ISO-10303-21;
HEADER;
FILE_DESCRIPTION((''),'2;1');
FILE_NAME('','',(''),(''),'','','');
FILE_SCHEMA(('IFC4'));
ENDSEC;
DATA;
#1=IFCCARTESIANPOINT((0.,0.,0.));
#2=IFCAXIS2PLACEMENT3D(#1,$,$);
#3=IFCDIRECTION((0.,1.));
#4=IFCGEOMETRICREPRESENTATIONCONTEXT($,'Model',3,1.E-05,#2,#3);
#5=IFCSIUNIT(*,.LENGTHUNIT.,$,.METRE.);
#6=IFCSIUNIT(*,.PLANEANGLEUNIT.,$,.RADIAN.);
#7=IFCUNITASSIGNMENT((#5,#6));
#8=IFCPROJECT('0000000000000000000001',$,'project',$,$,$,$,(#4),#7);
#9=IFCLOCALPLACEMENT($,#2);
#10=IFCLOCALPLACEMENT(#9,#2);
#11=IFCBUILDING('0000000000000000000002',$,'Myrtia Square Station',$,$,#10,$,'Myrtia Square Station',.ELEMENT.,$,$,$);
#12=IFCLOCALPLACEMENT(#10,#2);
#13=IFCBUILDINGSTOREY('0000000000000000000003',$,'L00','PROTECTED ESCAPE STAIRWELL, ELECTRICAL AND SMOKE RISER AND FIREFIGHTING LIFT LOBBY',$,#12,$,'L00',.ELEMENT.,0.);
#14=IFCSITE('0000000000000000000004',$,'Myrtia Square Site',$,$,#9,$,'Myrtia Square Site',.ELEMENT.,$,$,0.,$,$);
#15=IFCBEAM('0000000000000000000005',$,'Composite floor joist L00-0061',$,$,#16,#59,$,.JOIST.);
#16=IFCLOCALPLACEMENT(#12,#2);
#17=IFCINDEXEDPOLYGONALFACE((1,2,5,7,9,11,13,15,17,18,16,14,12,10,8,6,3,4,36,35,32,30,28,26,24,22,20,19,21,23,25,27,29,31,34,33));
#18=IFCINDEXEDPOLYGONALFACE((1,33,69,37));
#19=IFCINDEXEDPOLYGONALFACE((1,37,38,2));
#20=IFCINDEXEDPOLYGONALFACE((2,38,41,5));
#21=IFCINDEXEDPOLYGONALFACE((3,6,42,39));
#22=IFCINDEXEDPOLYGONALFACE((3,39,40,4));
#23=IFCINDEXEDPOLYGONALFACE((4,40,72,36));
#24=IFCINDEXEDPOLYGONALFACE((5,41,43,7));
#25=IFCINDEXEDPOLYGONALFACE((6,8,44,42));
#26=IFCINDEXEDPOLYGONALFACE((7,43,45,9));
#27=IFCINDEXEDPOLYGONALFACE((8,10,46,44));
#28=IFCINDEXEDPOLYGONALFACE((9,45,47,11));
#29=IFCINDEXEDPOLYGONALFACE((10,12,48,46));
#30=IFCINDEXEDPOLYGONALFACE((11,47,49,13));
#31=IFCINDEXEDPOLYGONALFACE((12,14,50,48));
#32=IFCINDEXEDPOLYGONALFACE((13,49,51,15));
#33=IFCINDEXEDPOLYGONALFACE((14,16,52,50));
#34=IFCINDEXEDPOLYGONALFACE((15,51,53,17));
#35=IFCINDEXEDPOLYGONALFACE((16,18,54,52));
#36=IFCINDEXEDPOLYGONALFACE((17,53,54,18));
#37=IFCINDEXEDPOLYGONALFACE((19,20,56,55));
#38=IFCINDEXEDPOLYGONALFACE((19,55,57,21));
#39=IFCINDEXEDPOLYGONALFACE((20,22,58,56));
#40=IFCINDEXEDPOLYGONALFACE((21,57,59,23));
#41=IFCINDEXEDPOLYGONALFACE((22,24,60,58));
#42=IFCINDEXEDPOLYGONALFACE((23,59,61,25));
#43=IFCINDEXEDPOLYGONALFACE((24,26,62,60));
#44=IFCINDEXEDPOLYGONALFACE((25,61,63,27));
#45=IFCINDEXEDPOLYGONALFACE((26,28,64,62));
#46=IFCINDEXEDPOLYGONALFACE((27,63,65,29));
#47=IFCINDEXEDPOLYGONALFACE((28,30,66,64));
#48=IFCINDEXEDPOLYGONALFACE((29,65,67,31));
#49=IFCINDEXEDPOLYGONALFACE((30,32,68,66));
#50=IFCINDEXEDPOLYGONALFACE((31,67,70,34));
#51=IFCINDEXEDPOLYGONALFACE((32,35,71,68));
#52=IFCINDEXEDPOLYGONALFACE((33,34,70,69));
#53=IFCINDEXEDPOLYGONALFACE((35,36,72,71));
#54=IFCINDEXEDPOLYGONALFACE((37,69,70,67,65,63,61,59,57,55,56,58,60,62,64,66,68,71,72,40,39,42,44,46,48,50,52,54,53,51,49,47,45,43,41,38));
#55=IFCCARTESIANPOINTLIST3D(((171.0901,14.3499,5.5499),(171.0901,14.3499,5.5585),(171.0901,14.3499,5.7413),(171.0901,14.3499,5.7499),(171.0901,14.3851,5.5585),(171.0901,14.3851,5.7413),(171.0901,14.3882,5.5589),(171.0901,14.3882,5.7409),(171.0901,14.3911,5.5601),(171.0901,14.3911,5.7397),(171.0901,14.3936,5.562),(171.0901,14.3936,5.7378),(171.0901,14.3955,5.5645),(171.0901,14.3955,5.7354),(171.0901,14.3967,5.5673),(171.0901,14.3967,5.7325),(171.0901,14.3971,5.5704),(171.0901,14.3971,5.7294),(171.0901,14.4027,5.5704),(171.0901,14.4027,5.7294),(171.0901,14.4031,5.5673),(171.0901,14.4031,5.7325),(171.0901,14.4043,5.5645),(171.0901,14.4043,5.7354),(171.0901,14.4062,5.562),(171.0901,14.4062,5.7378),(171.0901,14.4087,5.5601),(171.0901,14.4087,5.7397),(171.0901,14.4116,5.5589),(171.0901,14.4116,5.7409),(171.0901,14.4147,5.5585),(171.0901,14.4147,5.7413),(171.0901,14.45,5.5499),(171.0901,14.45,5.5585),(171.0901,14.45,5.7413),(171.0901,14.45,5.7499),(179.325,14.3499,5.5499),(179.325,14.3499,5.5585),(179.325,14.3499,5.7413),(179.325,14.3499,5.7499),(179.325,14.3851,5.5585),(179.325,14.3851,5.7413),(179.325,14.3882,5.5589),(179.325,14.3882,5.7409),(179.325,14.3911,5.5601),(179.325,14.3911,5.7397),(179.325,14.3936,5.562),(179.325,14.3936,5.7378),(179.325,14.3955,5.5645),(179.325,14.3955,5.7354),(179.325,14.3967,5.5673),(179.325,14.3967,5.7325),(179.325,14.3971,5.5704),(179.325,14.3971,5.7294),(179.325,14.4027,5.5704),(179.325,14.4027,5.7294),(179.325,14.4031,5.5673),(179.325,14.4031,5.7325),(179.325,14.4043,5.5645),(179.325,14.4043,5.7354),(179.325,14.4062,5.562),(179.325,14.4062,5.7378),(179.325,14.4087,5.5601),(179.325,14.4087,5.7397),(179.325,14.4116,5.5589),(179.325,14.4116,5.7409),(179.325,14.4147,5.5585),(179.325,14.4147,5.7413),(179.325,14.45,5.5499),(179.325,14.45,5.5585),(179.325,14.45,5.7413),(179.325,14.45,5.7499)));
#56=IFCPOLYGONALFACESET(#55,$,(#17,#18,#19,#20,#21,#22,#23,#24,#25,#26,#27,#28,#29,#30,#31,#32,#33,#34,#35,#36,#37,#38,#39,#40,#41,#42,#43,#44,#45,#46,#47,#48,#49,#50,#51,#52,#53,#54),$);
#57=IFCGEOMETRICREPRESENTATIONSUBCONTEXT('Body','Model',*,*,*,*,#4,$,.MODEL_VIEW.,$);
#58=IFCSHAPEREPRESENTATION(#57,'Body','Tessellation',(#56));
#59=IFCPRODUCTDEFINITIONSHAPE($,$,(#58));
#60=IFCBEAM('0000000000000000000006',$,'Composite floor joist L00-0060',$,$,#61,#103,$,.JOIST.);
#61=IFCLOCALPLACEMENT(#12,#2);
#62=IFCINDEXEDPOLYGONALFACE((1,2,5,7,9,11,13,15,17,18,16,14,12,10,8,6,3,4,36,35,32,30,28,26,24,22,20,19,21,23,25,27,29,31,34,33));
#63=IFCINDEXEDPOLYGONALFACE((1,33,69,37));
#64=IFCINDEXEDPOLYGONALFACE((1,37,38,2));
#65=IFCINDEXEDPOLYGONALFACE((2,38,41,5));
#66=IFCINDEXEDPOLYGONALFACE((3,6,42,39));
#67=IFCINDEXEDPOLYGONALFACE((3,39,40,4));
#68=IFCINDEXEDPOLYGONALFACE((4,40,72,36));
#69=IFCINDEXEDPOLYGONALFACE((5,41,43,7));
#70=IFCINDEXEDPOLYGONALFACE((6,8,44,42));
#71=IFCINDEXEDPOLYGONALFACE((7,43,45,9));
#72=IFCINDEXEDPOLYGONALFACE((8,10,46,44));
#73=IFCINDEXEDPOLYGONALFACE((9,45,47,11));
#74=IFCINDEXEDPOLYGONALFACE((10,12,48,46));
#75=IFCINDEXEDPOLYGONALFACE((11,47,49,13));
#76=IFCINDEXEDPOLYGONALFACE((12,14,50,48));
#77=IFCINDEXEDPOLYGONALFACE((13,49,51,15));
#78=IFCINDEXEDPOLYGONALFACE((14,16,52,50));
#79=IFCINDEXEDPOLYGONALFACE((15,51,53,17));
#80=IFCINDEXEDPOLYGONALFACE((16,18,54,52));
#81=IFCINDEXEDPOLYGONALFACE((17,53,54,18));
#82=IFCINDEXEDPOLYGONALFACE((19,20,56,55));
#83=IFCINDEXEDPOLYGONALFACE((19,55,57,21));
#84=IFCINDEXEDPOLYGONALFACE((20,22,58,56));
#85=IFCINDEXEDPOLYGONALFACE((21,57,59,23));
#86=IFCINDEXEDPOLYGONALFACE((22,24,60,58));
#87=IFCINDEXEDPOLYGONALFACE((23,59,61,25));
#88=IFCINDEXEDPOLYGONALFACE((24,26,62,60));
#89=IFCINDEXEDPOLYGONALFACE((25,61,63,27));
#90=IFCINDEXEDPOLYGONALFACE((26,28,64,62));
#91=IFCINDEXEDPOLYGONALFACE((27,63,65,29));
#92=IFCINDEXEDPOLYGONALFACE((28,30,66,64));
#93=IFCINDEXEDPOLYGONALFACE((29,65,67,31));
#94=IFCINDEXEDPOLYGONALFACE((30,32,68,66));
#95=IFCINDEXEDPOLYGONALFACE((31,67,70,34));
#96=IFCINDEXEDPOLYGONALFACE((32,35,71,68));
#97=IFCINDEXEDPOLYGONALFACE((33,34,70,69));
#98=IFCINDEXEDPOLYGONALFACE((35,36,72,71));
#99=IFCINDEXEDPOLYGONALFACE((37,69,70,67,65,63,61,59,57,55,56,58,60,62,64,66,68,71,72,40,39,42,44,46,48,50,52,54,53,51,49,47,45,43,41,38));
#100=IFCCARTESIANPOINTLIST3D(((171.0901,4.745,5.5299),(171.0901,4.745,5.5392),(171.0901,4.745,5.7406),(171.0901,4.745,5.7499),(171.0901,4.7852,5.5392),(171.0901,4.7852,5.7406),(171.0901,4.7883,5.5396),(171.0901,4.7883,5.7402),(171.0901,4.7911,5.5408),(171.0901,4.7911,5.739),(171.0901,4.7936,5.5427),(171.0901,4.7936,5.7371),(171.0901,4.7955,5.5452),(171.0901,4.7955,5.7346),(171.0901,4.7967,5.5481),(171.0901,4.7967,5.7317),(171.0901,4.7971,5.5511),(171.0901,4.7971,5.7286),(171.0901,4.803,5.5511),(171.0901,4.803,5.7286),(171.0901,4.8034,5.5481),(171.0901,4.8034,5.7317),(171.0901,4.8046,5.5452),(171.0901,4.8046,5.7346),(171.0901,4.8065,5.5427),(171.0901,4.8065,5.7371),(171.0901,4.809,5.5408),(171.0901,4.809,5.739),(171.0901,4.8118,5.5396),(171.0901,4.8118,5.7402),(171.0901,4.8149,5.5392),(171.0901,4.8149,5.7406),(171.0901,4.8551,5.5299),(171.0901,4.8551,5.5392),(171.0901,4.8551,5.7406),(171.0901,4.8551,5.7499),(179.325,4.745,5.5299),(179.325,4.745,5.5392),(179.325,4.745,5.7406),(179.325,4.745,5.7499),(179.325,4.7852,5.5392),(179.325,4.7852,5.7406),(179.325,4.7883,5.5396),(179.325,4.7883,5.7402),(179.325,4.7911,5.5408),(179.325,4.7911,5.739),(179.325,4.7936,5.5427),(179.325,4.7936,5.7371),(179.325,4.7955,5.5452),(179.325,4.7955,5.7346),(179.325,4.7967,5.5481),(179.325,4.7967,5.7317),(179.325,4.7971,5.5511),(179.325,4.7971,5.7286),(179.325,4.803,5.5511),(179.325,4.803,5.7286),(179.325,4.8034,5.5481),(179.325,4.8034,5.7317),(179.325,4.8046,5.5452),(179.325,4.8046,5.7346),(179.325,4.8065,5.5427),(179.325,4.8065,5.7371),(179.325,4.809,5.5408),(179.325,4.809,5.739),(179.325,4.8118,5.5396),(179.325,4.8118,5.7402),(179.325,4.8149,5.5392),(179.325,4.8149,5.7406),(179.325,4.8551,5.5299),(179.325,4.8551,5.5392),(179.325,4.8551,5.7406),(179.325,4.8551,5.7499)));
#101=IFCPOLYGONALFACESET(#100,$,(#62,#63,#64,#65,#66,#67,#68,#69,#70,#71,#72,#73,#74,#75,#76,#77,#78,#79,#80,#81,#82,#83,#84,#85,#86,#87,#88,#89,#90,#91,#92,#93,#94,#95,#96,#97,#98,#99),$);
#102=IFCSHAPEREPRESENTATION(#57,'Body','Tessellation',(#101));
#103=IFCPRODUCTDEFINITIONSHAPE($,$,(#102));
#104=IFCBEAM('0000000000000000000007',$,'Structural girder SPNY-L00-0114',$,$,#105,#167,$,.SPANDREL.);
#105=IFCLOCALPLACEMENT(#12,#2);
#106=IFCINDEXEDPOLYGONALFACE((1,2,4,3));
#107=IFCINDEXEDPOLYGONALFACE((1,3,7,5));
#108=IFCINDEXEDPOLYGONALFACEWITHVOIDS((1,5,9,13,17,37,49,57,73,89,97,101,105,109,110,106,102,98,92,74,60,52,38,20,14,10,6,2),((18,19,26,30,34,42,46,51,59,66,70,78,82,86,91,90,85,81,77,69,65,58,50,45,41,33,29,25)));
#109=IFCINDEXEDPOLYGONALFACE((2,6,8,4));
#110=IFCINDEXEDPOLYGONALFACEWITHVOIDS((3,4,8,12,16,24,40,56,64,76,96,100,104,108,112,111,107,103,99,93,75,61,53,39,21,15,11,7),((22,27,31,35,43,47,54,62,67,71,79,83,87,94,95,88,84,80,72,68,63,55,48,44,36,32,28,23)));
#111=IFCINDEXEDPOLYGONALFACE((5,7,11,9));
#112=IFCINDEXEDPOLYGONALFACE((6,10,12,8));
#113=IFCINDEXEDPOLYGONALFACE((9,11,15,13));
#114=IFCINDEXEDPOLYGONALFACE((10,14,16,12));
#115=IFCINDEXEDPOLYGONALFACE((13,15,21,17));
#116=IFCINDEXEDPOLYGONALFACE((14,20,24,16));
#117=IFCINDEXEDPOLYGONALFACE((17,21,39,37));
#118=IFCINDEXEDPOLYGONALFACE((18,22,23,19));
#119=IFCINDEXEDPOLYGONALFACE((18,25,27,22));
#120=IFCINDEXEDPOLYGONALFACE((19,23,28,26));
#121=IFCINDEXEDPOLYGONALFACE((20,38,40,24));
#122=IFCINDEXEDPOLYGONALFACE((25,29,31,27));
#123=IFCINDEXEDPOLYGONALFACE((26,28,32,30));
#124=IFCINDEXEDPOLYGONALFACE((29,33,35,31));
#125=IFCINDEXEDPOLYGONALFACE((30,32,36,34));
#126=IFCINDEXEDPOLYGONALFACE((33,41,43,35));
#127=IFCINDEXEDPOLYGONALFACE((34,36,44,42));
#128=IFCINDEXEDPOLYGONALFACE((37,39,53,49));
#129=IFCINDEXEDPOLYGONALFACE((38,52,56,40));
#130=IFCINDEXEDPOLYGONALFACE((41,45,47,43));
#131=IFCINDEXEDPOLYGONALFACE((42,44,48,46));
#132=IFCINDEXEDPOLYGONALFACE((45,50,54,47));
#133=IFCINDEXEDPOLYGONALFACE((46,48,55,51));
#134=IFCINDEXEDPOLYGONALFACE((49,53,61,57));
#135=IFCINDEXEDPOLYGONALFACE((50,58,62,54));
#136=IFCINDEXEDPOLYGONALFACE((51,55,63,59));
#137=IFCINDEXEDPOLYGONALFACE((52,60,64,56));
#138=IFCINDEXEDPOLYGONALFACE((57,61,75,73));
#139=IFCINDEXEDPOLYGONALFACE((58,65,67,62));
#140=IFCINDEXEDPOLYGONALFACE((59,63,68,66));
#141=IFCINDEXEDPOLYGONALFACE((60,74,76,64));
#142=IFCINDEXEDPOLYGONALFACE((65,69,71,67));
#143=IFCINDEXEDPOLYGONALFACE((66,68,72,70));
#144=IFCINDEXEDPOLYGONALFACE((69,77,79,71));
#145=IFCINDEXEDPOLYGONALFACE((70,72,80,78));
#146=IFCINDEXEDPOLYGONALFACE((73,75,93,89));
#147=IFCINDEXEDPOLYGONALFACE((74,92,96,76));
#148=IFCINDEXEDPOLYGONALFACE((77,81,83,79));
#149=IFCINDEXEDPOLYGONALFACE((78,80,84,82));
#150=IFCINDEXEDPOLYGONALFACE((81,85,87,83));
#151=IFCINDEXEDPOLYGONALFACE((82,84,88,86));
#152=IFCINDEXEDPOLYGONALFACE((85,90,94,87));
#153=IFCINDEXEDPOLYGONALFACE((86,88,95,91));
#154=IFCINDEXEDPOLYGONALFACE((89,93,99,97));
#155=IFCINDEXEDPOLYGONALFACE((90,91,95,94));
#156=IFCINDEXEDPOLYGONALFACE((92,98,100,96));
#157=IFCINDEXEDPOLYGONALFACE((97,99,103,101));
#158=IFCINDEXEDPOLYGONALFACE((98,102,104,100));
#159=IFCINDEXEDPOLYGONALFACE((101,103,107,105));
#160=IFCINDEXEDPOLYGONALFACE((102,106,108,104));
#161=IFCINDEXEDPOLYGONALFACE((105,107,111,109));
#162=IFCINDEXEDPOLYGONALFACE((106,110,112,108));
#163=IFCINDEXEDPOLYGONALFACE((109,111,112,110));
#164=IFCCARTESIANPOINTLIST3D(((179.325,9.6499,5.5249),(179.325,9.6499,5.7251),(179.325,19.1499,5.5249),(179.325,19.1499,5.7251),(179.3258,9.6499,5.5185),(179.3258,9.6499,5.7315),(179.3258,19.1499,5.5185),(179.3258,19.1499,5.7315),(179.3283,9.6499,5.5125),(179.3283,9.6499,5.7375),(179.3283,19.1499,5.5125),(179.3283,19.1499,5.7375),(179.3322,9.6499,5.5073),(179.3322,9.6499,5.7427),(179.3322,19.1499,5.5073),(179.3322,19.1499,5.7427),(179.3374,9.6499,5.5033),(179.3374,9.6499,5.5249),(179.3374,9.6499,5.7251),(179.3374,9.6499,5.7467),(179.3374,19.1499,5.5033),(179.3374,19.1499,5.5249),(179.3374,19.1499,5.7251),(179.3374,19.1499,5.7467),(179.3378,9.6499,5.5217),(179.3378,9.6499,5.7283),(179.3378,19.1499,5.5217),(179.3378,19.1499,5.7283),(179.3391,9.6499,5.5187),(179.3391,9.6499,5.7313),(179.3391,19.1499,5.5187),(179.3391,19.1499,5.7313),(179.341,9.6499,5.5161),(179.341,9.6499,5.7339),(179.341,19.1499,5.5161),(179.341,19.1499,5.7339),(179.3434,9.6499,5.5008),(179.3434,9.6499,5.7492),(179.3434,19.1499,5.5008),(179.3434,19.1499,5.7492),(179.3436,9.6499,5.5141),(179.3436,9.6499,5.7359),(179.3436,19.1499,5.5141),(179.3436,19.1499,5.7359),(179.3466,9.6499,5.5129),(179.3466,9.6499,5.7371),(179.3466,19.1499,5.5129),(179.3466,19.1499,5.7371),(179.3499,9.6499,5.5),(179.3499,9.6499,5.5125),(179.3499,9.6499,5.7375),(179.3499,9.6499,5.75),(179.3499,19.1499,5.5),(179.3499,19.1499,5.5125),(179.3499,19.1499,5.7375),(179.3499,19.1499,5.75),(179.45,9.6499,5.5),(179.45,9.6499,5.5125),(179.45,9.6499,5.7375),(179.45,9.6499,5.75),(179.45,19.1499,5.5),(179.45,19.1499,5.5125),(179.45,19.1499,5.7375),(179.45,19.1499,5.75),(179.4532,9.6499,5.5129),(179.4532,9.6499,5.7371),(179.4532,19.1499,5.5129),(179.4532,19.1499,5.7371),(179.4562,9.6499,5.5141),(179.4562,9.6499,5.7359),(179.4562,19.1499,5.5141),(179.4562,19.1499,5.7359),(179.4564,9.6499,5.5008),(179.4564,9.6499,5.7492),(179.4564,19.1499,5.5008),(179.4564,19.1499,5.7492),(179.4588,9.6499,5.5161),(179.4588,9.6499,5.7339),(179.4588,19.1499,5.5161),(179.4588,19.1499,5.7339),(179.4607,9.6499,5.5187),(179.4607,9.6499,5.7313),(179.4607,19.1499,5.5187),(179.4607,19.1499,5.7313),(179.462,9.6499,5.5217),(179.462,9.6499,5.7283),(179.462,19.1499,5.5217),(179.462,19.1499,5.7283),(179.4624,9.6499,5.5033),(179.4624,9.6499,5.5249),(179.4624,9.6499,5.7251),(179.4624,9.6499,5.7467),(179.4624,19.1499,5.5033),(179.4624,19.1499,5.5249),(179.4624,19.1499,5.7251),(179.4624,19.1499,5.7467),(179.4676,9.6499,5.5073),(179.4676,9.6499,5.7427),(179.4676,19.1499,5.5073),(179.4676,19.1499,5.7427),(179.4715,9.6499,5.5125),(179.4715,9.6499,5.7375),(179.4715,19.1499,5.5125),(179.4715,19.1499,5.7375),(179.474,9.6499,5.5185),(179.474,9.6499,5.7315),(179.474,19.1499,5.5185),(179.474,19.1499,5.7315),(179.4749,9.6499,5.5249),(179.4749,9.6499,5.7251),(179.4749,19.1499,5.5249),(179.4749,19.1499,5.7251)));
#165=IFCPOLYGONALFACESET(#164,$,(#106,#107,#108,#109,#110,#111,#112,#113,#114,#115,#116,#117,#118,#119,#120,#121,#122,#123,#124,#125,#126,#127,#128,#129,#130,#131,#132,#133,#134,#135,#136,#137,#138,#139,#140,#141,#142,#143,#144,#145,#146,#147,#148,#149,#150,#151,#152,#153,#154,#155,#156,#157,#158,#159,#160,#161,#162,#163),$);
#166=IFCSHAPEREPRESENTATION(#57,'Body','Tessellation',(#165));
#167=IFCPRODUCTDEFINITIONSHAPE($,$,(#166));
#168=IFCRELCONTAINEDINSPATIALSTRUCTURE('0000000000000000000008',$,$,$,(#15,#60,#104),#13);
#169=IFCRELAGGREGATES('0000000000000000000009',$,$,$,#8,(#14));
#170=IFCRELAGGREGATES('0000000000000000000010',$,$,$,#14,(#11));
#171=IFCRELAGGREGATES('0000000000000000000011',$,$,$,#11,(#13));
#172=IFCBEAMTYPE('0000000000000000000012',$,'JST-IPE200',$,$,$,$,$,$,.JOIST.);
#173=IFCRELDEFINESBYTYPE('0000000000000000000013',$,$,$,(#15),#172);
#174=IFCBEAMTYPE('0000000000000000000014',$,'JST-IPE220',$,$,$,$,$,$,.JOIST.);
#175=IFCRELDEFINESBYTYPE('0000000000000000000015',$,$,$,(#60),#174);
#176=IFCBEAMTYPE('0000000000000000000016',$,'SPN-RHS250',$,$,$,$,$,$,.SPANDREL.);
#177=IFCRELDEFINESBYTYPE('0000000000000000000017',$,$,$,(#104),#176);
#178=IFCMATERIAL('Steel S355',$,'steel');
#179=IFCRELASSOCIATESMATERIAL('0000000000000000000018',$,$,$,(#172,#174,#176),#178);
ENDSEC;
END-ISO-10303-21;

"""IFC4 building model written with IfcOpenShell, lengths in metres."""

from ifc_helpers import new_model, si_unit, direction, frame, origin, origin_2d, place, context, subcontext, project, spatial, hollow_rectangle, i_section, extrude, material, material_profile, profile_set, type_object, element, save


model = new_model("IFC4")

# Units and contexts
model_context = context("Model", 3, precision=1e-05, world=origin(), true_north=direction((0.0, 1.0)))
body_context = subcontext(model_context, "Body", "Model", "MODEL_VIEW")
ifc_project = project(units=[si_unit("LENGTHUNIT", "METRE"), si_unit("PLANEANGLEUNIT", "RADIAN")], contexts=[model_context])

# Site, building, storey
site_placement = place(None, origin())
site = spatial("IfcSite", under=ifc_project, at=site_placement, Name="Myrtia Square Site", LongName="Myrtia Square Site", CompositionType="ELEMENT", RefElevation=0.0)
building_placement = place(site_placement, origin())
building = spatial("IfcBuilding", under=site, at=building_placement, Name="Myrtia Square Station", LongName="Myrtia Square Station", CompositionType="ELEMENT")
storey_placement = place(building_placement, origin())
storey = spatial("IfcBuildingStorey", under=building, at=storey_placement, Name="L00", Description="PROTECTED ESCAPE STAIRWELL, ELECTRICAL AND SMOKE RISER AND FIREFIGHTING LIFT LOBBY", LongName="L00", CompositionType="ELEMENT", Elevation=0.0)

# Shared definitions
ifc_material_1 = material(Name="Steel S355", Category="steel")

# Beams
ifc_material_profile_1 = material_profile(ifc_material_1, i_section(OverallWidth=0.1001, OverallDepth=0.2, WebThickness=0.0056, FlangeThickness=0.0085, FilletRadius=0.012, at=origin_2d()), Name="IPE 200")
ifc_profile_set_1 = profile_set([ifc_material_profile_1], Name="Steel S355")
beam_type_1 = type_object("IfcBeamType", Name="JST-IPE200", PredefinedType="JOIST", material=ifc_profile_set_1)
beam_1_placement = place(storey_placement, frame((171.0901, 14.3999, 5.6499), z_axis=(1.0, 0.0, 0.0), x_axis=(0.0, 1.0, 0.0)))
element("IfcBeam", 1, at=beam_1_placement, inside=storey, type_object=beam_type_1, Name="Composite floor joist L00-0061", PredefinedType="JOIST", context=body_context, shape_type="SweptSolid", body=[
    extrude(i_section(OverallWidth=0.1001, OverallDepth=0.2, WebThickness=0.0056, FlangeThickness=0.0085, FilletRadius=0.012, at=origin_2d()), origin(), (0.0, 0.0, 1.0), 8.2349),
])
ifc_material_profile_2 = material_profile(ifc_material_1, i_section(OverallWidth=0.1101, OverallDepth=0.22, WebThickness=0.0059, FlangeThickness=0.0093, FilletRadius=0.012, at=origin_2d()), Name="IPE 220")
ifc_profile_set_2 = profile_set([ifc_material_profile_2], Name="Steel S355")
beam_type_2 = type_object("IfcBeamType", Name="JST-IPE220", PredefinedType="JOIST", material=ifc_profile_set_2)
beam_2_placement = place(storey_placement, frame((171.0901, 4.8, 5.6399), z_axis=(1.0, 0.0, 0.0), x_axis=(0.0, 1.0, 0.0)))
element("IfcBeam", 2, at=beam_2_placement, inside=storey, type_object=beam_type_2, Name="Composite floor joist L00-0060", PredefinedType="JOIST", context=body_context, shape_type="SweptSolid", body=[
    extrude(i_section(OverallWidth=0.1101, OverallDepth=0.22, WebThickness=0.0059, FlangeThickness=0.0093, FilletRadius=0.012, at=origin_2d()), origin(), (0.0, 0.0, 1.0), 8.2349),
])
ifc_material_profile_3 = material_profile(ifc_material_1, hollow_rectangle(XDim=0.1499, YDim=0.25, WallThickness=0.0125, InnerFilletRadius=0.0125, OuterFilletRadius=0.0249, at=origin_2d()), Name="RHS 250x150x12.5")
ifc_profile_set_3 = profile_set([ifc_material_profile_3], Name="Steel S355")
beam_type_3 = type_object("IfcBeamType", Name="SPN-RHS250", PredefinedType="SPANDREL", material=ifc_profile_set_3)
for number, where, z_axis, x_axis, name in (
    (3, (179.3999, 9.6499, 5.625), (0.0, 1.0, 0.0), (-1.0, 0.0, 0.0), "Structural girder SPNY-L00-0114"),
):
    element("IfcBeam", number, at=place(storey_placement, frame(where, z_axis=z_axis, x_axis=x_axis)), inside=storey, type_object=beam_type_3, Name=name, PredefinedType="SPANDREL", context=body_context, shape_type="SweptSolid", body=[
        extrude(hollow_rectangle(XDim=0.1499, YDim=0.25, WallThickness=0.0125, InnerFilletRadius=0.0125, OuterFilletRadius=0.0249, at=origin_2d()), origin(), (0.0, 0.0, 1.0), 9.5),
    ])

save(model, "model.ifc")
